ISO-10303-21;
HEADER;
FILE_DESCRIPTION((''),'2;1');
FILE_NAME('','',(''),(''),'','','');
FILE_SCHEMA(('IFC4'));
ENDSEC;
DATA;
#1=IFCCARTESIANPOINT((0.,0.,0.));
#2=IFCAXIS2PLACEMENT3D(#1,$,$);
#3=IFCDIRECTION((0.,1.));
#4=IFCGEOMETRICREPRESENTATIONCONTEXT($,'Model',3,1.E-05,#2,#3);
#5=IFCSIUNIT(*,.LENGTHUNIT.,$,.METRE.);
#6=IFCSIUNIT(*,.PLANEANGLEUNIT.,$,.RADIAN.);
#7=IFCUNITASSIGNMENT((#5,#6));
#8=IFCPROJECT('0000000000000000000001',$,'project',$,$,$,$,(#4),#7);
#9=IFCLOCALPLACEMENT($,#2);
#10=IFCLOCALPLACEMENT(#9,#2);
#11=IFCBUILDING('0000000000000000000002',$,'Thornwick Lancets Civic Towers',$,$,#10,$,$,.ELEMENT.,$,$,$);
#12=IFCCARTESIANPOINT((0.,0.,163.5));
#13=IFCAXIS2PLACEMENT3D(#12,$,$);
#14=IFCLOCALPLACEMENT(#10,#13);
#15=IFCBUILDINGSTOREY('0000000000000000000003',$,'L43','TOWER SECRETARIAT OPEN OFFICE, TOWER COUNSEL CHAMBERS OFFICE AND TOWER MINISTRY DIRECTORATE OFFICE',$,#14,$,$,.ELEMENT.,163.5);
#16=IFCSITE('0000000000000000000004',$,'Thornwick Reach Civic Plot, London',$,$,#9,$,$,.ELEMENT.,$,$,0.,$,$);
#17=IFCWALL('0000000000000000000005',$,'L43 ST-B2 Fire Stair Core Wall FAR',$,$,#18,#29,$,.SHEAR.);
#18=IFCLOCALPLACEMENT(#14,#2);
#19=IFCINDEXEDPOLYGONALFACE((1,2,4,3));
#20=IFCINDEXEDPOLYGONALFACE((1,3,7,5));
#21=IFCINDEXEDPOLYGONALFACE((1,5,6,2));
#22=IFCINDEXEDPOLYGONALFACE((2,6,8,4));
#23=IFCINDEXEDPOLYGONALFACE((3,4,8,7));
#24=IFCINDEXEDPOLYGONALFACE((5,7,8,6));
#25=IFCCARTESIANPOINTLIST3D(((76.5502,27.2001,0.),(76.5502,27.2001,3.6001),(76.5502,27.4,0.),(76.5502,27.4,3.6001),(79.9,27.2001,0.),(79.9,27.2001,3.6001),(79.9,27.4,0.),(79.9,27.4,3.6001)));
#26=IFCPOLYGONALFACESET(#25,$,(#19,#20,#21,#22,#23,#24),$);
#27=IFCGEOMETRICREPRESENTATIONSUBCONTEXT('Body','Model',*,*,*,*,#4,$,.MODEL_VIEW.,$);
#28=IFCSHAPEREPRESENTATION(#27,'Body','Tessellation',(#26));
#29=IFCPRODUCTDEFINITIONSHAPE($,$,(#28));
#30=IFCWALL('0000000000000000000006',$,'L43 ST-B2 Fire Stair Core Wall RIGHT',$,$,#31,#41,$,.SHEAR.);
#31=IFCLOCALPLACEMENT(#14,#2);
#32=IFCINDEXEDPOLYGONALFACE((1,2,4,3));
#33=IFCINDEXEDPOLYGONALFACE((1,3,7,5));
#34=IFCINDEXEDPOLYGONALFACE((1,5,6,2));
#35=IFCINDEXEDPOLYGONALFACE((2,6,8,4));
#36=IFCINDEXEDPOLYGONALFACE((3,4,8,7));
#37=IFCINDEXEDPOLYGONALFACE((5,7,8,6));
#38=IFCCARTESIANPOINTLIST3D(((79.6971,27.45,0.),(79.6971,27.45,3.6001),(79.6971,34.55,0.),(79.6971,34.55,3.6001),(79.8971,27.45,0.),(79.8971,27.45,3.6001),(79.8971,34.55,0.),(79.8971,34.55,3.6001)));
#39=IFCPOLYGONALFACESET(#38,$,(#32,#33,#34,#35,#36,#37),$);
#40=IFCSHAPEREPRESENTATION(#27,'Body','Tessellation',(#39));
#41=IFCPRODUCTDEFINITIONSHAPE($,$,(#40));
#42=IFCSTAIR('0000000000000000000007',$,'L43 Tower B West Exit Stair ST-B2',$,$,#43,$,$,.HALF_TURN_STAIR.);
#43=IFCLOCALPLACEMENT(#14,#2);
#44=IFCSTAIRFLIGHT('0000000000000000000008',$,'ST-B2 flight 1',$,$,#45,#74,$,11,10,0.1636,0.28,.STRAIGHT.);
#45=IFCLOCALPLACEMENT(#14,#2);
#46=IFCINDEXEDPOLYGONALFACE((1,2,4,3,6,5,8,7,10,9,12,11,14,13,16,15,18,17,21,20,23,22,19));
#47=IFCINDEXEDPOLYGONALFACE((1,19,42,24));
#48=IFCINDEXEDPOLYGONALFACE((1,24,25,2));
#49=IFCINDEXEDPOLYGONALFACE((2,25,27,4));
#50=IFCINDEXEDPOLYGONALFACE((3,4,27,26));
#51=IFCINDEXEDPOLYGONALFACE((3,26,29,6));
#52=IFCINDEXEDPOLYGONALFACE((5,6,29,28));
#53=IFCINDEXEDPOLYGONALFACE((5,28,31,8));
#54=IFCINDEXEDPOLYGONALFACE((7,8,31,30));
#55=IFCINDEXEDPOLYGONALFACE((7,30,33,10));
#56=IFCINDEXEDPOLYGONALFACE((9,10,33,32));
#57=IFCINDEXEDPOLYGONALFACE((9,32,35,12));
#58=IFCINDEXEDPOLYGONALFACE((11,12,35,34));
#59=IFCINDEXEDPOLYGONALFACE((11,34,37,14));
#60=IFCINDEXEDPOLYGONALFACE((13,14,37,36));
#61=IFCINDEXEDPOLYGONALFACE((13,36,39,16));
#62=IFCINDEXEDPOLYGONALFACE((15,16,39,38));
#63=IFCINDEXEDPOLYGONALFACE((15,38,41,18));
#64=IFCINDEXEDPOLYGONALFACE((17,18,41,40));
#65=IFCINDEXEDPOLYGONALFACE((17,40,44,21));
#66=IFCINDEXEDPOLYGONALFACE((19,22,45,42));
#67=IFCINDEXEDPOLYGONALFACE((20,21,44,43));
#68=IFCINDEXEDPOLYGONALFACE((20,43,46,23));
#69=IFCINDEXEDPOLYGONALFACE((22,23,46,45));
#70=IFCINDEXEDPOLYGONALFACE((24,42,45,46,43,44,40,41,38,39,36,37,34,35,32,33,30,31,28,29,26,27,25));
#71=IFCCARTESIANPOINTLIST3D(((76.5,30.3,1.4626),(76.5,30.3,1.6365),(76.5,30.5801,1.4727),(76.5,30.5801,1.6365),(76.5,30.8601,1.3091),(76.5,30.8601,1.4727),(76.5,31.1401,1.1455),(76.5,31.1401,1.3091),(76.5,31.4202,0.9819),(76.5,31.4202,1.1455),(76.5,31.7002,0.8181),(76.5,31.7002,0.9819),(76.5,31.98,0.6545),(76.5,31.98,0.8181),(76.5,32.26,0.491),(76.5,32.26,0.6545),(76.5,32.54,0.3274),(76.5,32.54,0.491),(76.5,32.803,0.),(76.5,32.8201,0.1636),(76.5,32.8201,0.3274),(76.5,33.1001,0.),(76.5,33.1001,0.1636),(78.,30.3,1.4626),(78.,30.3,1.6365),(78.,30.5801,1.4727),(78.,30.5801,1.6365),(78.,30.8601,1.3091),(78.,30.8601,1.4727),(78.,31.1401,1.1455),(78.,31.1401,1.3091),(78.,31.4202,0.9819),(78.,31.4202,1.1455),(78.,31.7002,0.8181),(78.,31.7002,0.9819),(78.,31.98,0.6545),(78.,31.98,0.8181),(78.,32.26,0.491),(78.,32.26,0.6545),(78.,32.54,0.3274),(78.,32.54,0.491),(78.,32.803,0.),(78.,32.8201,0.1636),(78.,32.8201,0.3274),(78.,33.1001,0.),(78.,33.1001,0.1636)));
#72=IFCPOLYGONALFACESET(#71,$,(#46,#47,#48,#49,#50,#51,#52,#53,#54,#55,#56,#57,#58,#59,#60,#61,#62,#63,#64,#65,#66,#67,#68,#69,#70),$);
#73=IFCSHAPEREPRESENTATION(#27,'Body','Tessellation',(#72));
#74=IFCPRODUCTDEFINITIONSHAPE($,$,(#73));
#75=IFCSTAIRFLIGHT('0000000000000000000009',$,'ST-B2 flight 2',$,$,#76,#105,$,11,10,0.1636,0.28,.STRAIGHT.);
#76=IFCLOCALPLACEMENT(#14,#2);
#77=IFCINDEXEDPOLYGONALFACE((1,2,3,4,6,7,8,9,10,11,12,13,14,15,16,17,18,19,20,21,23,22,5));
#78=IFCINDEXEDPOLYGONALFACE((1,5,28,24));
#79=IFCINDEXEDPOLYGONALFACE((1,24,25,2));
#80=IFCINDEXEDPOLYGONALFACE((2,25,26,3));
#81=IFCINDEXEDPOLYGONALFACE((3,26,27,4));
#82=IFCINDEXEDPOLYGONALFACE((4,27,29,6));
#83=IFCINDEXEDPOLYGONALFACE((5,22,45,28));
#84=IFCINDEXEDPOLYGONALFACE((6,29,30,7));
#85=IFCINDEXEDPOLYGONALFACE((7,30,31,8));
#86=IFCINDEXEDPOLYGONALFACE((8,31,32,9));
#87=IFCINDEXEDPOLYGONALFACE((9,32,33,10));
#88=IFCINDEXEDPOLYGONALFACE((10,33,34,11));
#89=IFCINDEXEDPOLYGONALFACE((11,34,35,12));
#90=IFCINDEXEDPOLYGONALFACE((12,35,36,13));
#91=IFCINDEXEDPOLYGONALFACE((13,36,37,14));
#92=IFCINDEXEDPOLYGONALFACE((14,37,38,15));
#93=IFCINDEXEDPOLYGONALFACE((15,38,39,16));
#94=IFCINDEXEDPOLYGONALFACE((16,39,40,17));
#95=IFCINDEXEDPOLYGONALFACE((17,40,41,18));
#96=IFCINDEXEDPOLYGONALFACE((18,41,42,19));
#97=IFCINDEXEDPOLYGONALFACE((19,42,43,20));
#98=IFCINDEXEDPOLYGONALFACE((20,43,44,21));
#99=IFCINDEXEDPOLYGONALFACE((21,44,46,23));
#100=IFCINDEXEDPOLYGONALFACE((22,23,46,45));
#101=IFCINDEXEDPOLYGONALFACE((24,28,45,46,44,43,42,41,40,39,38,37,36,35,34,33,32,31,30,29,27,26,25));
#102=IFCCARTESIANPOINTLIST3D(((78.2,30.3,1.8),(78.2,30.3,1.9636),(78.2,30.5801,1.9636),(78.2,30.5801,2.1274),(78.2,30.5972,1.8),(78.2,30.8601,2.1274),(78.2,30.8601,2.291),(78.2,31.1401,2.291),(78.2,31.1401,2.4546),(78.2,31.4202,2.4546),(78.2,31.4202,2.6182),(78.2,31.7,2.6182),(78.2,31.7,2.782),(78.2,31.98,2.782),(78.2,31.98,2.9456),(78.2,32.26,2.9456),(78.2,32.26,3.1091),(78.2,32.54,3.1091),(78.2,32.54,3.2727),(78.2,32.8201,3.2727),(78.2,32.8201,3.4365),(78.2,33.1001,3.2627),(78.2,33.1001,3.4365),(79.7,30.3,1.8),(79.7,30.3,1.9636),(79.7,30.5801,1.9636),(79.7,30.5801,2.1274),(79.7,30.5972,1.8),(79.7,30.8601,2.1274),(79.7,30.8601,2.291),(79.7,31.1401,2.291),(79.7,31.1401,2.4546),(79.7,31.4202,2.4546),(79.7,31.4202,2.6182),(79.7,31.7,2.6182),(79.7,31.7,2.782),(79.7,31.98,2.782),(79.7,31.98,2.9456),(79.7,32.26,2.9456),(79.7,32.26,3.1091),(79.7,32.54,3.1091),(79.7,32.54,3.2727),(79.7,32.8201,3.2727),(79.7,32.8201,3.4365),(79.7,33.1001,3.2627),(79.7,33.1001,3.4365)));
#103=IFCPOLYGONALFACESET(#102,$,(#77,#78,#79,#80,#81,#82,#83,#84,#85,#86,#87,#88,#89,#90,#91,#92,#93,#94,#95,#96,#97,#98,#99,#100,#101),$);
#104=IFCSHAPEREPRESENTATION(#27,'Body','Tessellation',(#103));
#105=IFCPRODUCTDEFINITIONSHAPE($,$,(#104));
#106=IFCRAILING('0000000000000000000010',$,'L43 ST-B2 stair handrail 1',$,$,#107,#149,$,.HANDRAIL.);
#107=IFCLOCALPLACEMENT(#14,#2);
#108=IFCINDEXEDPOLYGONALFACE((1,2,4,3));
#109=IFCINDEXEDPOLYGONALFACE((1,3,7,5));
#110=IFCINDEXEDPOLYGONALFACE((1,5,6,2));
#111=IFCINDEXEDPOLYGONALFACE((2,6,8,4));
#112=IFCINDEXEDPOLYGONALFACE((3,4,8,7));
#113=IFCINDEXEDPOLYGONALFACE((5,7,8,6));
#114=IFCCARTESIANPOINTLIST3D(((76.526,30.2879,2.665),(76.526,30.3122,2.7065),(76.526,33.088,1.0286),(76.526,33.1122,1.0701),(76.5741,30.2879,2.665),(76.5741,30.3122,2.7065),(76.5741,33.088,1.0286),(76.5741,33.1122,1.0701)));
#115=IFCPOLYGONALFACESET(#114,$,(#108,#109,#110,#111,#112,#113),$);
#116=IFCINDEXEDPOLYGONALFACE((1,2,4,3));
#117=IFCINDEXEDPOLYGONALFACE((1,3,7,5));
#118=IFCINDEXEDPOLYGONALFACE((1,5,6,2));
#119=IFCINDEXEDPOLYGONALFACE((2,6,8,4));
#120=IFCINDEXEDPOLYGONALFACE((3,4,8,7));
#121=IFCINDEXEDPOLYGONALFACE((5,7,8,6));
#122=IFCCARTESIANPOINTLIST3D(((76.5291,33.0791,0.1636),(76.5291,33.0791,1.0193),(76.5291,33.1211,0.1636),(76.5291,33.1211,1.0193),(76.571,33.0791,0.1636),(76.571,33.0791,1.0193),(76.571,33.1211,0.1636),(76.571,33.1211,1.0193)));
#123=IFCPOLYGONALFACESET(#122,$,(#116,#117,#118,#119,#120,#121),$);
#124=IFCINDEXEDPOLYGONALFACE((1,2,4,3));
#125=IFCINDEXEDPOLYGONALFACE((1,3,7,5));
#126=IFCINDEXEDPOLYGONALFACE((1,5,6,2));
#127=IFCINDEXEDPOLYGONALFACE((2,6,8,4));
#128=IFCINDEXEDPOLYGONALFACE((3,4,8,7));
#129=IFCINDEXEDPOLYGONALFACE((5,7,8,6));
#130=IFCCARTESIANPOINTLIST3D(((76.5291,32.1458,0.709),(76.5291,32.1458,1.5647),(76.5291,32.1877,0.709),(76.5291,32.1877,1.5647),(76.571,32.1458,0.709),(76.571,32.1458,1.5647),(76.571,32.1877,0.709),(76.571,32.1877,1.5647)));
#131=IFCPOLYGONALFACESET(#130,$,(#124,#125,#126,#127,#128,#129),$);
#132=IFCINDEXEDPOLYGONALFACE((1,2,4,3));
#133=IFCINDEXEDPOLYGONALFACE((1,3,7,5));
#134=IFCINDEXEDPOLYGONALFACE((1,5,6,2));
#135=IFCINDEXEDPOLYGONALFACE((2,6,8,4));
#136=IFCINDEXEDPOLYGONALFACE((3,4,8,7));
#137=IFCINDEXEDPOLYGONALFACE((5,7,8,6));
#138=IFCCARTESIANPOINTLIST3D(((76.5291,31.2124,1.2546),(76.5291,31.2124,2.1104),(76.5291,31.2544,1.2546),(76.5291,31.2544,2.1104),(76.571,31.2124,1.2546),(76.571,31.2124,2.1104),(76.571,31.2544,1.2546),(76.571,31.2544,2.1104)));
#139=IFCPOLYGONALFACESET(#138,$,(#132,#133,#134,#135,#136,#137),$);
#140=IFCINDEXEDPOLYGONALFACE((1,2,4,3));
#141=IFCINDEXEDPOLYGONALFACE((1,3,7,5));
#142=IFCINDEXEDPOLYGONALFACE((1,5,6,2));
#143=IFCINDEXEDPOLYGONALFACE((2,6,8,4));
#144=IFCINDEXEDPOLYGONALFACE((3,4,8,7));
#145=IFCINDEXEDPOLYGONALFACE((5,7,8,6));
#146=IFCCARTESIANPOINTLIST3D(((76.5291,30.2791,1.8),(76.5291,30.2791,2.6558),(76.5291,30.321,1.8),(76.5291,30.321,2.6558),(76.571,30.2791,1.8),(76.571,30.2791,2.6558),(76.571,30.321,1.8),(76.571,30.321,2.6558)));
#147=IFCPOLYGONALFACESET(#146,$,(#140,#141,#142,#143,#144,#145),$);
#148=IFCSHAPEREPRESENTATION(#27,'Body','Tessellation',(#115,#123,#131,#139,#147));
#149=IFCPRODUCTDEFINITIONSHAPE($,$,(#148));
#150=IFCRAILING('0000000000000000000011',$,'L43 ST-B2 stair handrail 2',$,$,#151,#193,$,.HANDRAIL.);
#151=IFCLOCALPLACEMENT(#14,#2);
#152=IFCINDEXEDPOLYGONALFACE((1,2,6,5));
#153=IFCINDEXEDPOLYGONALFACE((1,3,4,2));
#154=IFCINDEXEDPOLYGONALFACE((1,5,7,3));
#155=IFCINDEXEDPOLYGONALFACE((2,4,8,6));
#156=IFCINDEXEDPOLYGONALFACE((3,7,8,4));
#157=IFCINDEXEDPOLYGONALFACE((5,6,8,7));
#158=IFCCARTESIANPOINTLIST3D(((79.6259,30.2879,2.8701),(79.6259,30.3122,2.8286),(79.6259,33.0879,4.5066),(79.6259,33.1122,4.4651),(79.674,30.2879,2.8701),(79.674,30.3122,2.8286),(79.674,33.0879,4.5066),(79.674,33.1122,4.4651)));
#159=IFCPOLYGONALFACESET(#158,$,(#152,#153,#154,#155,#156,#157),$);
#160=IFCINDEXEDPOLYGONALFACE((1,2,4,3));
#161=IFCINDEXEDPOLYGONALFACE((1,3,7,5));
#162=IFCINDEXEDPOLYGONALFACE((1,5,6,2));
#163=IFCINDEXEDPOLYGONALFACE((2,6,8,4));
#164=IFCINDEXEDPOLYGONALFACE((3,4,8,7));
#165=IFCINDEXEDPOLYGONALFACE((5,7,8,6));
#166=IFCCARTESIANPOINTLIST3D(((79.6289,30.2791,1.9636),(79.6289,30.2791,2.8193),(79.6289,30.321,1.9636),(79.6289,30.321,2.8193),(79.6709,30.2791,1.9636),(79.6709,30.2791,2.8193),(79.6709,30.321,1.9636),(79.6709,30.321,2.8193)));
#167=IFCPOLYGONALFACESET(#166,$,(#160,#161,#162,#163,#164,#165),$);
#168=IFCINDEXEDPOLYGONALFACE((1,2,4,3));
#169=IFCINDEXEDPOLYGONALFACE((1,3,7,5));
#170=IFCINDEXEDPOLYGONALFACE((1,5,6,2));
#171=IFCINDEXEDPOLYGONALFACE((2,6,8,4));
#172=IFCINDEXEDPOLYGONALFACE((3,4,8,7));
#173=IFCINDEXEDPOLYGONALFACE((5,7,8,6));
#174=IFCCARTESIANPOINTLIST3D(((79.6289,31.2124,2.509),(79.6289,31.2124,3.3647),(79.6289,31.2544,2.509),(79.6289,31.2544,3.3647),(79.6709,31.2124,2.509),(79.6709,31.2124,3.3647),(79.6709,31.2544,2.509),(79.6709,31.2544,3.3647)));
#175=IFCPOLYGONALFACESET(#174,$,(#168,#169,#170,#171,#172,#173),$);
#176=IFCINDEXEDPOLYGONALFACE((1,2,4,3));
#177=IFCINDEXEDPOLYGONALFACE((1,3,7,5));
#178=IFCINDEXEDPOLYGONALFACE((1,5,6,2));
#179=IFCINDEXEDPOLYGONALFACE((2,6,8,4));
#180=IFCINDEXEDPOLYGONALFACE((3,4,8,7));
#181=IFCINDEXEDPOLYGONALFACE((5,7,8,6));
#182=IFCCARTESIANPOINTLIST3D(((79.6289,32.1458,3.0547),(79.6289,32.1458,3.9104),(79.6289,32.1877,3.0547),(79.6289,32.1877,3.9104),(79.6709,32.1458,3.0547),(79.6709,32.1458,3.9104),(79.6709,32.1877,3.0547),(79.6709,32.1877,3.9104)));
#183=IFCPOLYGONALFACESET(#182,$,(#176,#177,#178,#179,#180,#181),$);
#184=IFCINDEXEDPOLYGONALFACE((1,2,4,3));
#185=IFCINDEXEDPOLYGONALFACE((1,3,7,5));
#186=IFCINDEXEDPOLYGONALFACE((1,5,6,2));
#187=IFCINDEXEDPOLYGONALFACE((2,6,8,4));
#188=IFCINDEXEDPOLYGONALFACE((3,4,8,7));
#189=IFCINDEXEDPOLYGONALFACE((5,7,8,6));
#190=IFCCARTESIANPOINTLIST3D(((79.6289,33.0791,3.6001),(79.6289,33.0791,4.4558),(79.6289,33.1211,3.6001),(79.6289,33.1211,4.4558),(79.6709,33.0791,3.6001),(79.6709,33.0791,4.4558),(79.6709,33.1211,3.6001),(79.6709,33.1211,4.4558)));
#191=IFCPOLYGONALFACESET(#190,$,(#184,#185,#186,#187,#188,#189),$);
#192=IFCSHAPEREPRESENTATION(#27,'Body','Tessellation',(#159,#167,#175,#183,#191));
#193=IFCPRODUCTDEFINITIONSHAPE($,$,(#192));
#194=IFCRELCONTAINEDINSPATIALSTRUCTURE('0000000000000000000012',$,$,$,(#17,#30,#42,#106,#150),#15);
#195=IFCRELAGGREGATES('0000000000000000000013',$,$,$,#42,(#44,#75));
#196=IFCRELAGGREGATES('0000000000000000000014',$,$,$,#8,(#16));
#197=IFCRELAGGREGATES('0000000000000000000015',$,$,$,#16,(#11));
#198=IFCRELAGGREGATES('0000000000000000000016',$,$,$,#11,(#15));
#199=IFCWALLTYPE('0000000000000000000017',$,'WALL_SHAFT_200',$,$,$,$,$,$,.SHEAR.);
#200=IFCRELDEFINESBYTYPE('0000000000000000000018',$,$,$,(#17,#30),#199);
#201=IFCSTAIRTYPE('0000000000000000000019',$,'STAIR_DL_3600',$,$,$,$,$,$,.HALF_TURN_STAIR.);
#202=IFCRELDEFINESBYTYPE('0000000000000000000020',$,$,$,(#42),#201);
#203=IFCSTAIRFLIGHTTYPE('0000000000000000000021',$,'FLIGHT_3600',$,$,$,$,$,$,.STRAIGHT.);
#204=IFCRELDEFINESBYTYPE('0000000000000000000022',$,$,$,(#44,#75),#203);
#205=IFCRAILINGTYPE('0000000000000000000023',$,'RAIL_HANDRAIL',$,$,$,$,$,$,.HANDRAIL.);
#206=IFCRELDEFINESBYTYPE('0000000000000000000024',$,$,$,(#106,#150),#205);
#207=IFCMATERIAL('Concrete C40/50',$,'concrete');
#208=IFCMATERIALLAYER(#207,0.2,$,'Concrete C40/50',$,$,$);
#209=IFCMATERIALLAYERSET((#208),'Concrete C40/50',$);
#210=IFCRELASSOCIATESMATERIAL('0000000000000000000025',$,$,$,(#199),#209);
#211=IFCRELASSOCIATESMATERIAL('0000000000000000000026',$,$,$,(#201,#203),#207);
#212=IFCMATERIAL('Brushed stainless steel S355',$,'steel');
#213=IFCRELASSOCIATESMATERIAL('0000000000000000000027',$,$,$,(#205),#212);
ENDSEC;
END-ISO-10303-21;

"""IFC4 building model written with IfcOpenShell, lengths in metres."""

from ifc_helpers import new_model, si_unit, direction, frame, frame_2d, origin, origin_2d, place, context, subcontext, project, spatial, polyline, rectangle, outline, extrude, material, layer, layer_set, type_object, element, aggregate, save


model = new_model("IFC4")

# Units and contexts
model_context = context("Model", 3, precision=1e-05, world=origin(), true_north=direction((0.0, 1.0)))
body_context = subcontext(model_context, "Body", "Model", "MODEL_VIEW")
ifc_project = project(units=[si_unit("LENGTHUNIT", "METRE"), si_unit("PLANEANGLEUNIT", "RADIAN")], contexts=[model_context])

# Site, building, storey
site_placement = place(None, origin())
site = spatial("IfcSite", under=ifc_project, at=site_placement, Name="Thornwick Reach Civic Plot, London", CompositionType="ELEMENT", RefElevation=0.0)
building_placement = place(site_placement, origin())
building = spatial("IfcBuilding", under=site, at=building_placement, Name="Thornwick Lancets Civic Towers", CompositionType="ELEMENT")
storey_placement = place(building_placement, frame((0.0, 0.0, 163.5)))
storey = spatial("IfcBuildingStorey", under=building, at=storey_placement, Name="L43", Description="TOWER SECRETARIAT OPEN OFFICE, TOWER COUNSEL CHAMBERS OFFICE AND TOWER MINISTRY DIRECTORATE OFFICE", CompositionType="ELEMENT", Elevation=163.5)

# Shared definitions
ifc_material_1 = material(Name="Concrete C40/50", Category="concrete")

# Walls
ifc_layer_1 = layer(ifc_material_1, 0.2, Name="Concrete C40/50")
ifc_layer_set_1 = layer_set([ifc_layer_1], Name="Concrete C40/50")
wall_type_1 = type_object("IfcWallType", Name="WALL_SHAFT_200", PredefinedType="SHEAR", material=ifc_layer_set_1)
wall_1_placement = place(storey_placement, frame((79.8999, 27.3, 0.0), z_axis=(0.0, 0.0, 1.0), x_axis=(-1.0, 0.0, 0.0)))
element("IfcWall", 1, at=wall_1_placement, inside=storey, type_object=wall_type_1, Name="L43 ST-B2 Fire Stair Core Wall FAR", PredefinedType="SHEAR", context=body_context, shape_type="SweptSolid", body=[
    extrude(rectangle(XDim=3.3499, YDim=0.2, at=frame_2d((1.6748, 0.0))), origin(), (0.0, 0.0, 1.0), 3.6001),
])
wall_2_placement = place(storey_placement, frame((79.7971, 27.45, 0.0), z_axis=(0.0, 0.0, 1.0), x_axis=(0.0, 1.0, 0.0)))
element("IfcWall", 2, at=wall_2_placement, inside=storey, type_object=wall_type_1, Name="L43 ST-B2 Fire Stair Core Wall RIGHT", PredefinedType="SHEAR", context=body_context, shape_type="SweptSolid", body=[
    extrude(rectangle(XDim=7.1001, YDim=0.2, at=frame_2d((3.55, 0.0))), origin(), (0.0, 0.0, 1.0), 3.6001),
])

# Stair, stair flights
stair_type = type_object("IfcStairType", Name="STAIR_DL_3600", PredefinedType="HALF_TURN_STAIR", material=ifc_material_1)
stair_placement = place(storey_placement, origin())
stair = element("IfcStair", 3, at=stair_placement, inside=storey, type_object=stair_type, Name="L43 Tower B West Exit Stair ST-B2", PredefinedType="HALF_TURN_STAIR")
stair_flight_type = type_object("IfcStairFlightType", Name="FLIGHT_3600", PredefinedType="STRAIGHT", material=ifc_material_1)
stair_flight_1_placement = place(storey_placement, frame((77.25, 33.1001, 0.0), z_axis=(0.0, 0.0, 1.0), x_axis=(0.0, -1.0, 0.0)))
stair_flight_1 = element("IfcStairFlight", 4, at=stair_flight_1_placement, type_object=stair_flight_type, Name="ST-B2 flight 1", NumberOfRisers=11, NumberOfTreads=10, PredefinedType="STRAIGHT", RiserHeight=0.1636, TreadLength=0.28, context=body_context, shape_type="SweptSolid", body=[
    extrude(outline(polyline([(0.0, 0.0), (0.0, 0.1636), (0.28, 0.1636), (0.28, 0.3274), (0.5601, 0.3274), (0.5601, 0.491), (0.8401, 0.491), (0.8401, 0.6545), (1.1201, 0.6545), (1.1201, 0.8181), (1.3999, 0.8181), (1.3999, 0.9819), (1.6799, 0.9819), (1.6799, 1.1455), (1.96, 1.1455), (1.96, 1.3091), (2.24, 1.3091), (2.24, 1.4727), (2.52, 1.4727), (2.52, 1.6365), (2.8, 1.6365), (2.8, 1.8), (2.8, 1.4626), (0.2971, 0.0), (0.0, 0.0)])), frame((0.0, 0.75, 0.0), z_axis=(0.0, -1.0, 0.0), x_axis=(1.0, 0.0, 0.0)), (0.0, 0.0, 1.0), 1.5),
])
stair_flight_2_placement = place(storey_placement, frame((78.95, 30.3, 1.8), z_axis=(0.0, 0.0, 1.0), x_axis=(0.0, 1.0, 0.0)))
stair_flight_2 = element("IfcStairFlight", 5, at=stair_flight_2_placement, type_object=stair_flight_type, Name="ST-B2 flight 2", NumberOfRisers=11, NumberOfTreads=10, PredefinedType="STRAIGHT", RiserHeight=0.1636, TreadLength=0.28, context=body_context, shape_type="SweptSolid", body=[
    extrude(outline(polyline([(0.0, 0.0), (0.0, 0.1636), (0.28, 0.1636), (0.28, 0.3274), (0.5601, 0.3274), (0.5601, 0.491), (0.8401, 0.491), (0.8401, 0.6545), (1.1201, 0.6545), (1.1201, 0.8181), (1.3999, 0.8181), (1.3999, 0.9819), (1.6799, 0.9819), (1.6799, 1.1455), (1.96, 1.1455), (1.96, 1.3091), (2.24, 1.3091), (2.24, 1.4727), (2.52, 1.4727), (2.52, 1.6365), (2.8, 1.6365), (2.8, 1.8), (2.8, 1.4626), (0.2971, 0.0), (0.0, 0.0)])), frame((0.0, 0.75, 0.0), z_axis=(0.0, -1.0, 0.0), x_axis=(1.0, 0.0, 0.0)), (0.0, 0.0, 1.0), 1.5),
])
aggregate(stair, [stair_flight_1, stair_flight_2])

# Railings
ifc_material_2 = material(Name="Brushed stainless steel S355", Category="steel")
railing_type_1 = type_object("IfcRailingType", Name="RAIL_HANDRAIL", PredefinedType="HANDRAIL", material=ifc_material_2)
railing_1_placement = place(storey_placement, frame((76.55, 33.1001, 0.1636)))
element("IfcRailing", 6, at=railing_1_placement, inside=storey, type_object=railing_type_1, Name="L43 ST-B2 stair handrail 1", PredefinedType="HANDRAIL", context=body_context, shape_type="SweptSolid", body=[
    extrude(rectangle(XDim=0.0481, YDim=0.0481, at=origin_2d()), frame((0.0, 0.0, 0.8857), z_axis=(0.0, -0.863361, 0.504587), x_axis=(1.0, 0.0, 0.0)), (0.0, 0.0, 1.0), 3.2432),
    extrude(rectangle(XDim=0.042, YDim=0.042, at=origin_2d()), origin(), (0.0, 0.0, 1.0), 0.8557),
    extrude(rectangle(XDim=0.042, YDim=0.042, at=origin_2d()), frame((0.0, -0.9333, 0.5454)), (0.0, 0.0, 1.0), 0.8557),
    extrude(rectangle(XDim=0.042, YDim=0.042, at=origin_2d()), frame((0.0, -1.8667, 1.0911)), (0.0, 0.0, 1.0), 0.8557),
    extrude(rectangle(XDim=0.042, YDim=0.042, at=origin_2d()), frame((0.0, -2.8, 1.6365)), (0.0, 0.0, 1.0), 0.8557),
])
railing_2_placement = place(storey_placement, frame((79.6499, 30.3, 1.9636)))
element("IfcRailing", 7, at=railing_2_placement, inside=storey, type_object=railing_type_1, Name="L43 ST-B2 stair handrail 2", PredefinedType="HANDRAIL", context=body_context, shape_type="SweptSolid", body=[
    extrude(rectangle(XDim=0.0481, YDim=0.0481, at=origin_2d()), frame((0.0, 0.0, 0.8857), z_axis=(0.0, 0.863361, 0.504587), x_axis=(-1.0, 0.0, 0.0)), (0.0, 0.0, 1.0), 3.2432),
    extrude(rectangle(XDim=0.042, YDim=0.042, at=origin_2d()), origin(), (0.0, 0.0, 1.0), 0.8557),
    extrude(rectangle(XDim=0.042, YDim=0.042, at=origin_2d()), frame((0.0, 0.9333, 0.5454)), (0.0, 0.0, 1.0), 0.8557),
    extrude(rectangle(XDim=0.042, YDim=0.042, at=origin_2d()), frame((0.0, 1.8667, 1.0911)), (0.0, 0.0, 1.0), 0.8557),
    extrude(rectangle(XDim=0.042, YDim=0.042, at=origin_2d()), frame((0.0, 2.8, 1.6365)), (0.0, 0.0, 1.0), 0.8557),
])

save(model, "model.ifc")
